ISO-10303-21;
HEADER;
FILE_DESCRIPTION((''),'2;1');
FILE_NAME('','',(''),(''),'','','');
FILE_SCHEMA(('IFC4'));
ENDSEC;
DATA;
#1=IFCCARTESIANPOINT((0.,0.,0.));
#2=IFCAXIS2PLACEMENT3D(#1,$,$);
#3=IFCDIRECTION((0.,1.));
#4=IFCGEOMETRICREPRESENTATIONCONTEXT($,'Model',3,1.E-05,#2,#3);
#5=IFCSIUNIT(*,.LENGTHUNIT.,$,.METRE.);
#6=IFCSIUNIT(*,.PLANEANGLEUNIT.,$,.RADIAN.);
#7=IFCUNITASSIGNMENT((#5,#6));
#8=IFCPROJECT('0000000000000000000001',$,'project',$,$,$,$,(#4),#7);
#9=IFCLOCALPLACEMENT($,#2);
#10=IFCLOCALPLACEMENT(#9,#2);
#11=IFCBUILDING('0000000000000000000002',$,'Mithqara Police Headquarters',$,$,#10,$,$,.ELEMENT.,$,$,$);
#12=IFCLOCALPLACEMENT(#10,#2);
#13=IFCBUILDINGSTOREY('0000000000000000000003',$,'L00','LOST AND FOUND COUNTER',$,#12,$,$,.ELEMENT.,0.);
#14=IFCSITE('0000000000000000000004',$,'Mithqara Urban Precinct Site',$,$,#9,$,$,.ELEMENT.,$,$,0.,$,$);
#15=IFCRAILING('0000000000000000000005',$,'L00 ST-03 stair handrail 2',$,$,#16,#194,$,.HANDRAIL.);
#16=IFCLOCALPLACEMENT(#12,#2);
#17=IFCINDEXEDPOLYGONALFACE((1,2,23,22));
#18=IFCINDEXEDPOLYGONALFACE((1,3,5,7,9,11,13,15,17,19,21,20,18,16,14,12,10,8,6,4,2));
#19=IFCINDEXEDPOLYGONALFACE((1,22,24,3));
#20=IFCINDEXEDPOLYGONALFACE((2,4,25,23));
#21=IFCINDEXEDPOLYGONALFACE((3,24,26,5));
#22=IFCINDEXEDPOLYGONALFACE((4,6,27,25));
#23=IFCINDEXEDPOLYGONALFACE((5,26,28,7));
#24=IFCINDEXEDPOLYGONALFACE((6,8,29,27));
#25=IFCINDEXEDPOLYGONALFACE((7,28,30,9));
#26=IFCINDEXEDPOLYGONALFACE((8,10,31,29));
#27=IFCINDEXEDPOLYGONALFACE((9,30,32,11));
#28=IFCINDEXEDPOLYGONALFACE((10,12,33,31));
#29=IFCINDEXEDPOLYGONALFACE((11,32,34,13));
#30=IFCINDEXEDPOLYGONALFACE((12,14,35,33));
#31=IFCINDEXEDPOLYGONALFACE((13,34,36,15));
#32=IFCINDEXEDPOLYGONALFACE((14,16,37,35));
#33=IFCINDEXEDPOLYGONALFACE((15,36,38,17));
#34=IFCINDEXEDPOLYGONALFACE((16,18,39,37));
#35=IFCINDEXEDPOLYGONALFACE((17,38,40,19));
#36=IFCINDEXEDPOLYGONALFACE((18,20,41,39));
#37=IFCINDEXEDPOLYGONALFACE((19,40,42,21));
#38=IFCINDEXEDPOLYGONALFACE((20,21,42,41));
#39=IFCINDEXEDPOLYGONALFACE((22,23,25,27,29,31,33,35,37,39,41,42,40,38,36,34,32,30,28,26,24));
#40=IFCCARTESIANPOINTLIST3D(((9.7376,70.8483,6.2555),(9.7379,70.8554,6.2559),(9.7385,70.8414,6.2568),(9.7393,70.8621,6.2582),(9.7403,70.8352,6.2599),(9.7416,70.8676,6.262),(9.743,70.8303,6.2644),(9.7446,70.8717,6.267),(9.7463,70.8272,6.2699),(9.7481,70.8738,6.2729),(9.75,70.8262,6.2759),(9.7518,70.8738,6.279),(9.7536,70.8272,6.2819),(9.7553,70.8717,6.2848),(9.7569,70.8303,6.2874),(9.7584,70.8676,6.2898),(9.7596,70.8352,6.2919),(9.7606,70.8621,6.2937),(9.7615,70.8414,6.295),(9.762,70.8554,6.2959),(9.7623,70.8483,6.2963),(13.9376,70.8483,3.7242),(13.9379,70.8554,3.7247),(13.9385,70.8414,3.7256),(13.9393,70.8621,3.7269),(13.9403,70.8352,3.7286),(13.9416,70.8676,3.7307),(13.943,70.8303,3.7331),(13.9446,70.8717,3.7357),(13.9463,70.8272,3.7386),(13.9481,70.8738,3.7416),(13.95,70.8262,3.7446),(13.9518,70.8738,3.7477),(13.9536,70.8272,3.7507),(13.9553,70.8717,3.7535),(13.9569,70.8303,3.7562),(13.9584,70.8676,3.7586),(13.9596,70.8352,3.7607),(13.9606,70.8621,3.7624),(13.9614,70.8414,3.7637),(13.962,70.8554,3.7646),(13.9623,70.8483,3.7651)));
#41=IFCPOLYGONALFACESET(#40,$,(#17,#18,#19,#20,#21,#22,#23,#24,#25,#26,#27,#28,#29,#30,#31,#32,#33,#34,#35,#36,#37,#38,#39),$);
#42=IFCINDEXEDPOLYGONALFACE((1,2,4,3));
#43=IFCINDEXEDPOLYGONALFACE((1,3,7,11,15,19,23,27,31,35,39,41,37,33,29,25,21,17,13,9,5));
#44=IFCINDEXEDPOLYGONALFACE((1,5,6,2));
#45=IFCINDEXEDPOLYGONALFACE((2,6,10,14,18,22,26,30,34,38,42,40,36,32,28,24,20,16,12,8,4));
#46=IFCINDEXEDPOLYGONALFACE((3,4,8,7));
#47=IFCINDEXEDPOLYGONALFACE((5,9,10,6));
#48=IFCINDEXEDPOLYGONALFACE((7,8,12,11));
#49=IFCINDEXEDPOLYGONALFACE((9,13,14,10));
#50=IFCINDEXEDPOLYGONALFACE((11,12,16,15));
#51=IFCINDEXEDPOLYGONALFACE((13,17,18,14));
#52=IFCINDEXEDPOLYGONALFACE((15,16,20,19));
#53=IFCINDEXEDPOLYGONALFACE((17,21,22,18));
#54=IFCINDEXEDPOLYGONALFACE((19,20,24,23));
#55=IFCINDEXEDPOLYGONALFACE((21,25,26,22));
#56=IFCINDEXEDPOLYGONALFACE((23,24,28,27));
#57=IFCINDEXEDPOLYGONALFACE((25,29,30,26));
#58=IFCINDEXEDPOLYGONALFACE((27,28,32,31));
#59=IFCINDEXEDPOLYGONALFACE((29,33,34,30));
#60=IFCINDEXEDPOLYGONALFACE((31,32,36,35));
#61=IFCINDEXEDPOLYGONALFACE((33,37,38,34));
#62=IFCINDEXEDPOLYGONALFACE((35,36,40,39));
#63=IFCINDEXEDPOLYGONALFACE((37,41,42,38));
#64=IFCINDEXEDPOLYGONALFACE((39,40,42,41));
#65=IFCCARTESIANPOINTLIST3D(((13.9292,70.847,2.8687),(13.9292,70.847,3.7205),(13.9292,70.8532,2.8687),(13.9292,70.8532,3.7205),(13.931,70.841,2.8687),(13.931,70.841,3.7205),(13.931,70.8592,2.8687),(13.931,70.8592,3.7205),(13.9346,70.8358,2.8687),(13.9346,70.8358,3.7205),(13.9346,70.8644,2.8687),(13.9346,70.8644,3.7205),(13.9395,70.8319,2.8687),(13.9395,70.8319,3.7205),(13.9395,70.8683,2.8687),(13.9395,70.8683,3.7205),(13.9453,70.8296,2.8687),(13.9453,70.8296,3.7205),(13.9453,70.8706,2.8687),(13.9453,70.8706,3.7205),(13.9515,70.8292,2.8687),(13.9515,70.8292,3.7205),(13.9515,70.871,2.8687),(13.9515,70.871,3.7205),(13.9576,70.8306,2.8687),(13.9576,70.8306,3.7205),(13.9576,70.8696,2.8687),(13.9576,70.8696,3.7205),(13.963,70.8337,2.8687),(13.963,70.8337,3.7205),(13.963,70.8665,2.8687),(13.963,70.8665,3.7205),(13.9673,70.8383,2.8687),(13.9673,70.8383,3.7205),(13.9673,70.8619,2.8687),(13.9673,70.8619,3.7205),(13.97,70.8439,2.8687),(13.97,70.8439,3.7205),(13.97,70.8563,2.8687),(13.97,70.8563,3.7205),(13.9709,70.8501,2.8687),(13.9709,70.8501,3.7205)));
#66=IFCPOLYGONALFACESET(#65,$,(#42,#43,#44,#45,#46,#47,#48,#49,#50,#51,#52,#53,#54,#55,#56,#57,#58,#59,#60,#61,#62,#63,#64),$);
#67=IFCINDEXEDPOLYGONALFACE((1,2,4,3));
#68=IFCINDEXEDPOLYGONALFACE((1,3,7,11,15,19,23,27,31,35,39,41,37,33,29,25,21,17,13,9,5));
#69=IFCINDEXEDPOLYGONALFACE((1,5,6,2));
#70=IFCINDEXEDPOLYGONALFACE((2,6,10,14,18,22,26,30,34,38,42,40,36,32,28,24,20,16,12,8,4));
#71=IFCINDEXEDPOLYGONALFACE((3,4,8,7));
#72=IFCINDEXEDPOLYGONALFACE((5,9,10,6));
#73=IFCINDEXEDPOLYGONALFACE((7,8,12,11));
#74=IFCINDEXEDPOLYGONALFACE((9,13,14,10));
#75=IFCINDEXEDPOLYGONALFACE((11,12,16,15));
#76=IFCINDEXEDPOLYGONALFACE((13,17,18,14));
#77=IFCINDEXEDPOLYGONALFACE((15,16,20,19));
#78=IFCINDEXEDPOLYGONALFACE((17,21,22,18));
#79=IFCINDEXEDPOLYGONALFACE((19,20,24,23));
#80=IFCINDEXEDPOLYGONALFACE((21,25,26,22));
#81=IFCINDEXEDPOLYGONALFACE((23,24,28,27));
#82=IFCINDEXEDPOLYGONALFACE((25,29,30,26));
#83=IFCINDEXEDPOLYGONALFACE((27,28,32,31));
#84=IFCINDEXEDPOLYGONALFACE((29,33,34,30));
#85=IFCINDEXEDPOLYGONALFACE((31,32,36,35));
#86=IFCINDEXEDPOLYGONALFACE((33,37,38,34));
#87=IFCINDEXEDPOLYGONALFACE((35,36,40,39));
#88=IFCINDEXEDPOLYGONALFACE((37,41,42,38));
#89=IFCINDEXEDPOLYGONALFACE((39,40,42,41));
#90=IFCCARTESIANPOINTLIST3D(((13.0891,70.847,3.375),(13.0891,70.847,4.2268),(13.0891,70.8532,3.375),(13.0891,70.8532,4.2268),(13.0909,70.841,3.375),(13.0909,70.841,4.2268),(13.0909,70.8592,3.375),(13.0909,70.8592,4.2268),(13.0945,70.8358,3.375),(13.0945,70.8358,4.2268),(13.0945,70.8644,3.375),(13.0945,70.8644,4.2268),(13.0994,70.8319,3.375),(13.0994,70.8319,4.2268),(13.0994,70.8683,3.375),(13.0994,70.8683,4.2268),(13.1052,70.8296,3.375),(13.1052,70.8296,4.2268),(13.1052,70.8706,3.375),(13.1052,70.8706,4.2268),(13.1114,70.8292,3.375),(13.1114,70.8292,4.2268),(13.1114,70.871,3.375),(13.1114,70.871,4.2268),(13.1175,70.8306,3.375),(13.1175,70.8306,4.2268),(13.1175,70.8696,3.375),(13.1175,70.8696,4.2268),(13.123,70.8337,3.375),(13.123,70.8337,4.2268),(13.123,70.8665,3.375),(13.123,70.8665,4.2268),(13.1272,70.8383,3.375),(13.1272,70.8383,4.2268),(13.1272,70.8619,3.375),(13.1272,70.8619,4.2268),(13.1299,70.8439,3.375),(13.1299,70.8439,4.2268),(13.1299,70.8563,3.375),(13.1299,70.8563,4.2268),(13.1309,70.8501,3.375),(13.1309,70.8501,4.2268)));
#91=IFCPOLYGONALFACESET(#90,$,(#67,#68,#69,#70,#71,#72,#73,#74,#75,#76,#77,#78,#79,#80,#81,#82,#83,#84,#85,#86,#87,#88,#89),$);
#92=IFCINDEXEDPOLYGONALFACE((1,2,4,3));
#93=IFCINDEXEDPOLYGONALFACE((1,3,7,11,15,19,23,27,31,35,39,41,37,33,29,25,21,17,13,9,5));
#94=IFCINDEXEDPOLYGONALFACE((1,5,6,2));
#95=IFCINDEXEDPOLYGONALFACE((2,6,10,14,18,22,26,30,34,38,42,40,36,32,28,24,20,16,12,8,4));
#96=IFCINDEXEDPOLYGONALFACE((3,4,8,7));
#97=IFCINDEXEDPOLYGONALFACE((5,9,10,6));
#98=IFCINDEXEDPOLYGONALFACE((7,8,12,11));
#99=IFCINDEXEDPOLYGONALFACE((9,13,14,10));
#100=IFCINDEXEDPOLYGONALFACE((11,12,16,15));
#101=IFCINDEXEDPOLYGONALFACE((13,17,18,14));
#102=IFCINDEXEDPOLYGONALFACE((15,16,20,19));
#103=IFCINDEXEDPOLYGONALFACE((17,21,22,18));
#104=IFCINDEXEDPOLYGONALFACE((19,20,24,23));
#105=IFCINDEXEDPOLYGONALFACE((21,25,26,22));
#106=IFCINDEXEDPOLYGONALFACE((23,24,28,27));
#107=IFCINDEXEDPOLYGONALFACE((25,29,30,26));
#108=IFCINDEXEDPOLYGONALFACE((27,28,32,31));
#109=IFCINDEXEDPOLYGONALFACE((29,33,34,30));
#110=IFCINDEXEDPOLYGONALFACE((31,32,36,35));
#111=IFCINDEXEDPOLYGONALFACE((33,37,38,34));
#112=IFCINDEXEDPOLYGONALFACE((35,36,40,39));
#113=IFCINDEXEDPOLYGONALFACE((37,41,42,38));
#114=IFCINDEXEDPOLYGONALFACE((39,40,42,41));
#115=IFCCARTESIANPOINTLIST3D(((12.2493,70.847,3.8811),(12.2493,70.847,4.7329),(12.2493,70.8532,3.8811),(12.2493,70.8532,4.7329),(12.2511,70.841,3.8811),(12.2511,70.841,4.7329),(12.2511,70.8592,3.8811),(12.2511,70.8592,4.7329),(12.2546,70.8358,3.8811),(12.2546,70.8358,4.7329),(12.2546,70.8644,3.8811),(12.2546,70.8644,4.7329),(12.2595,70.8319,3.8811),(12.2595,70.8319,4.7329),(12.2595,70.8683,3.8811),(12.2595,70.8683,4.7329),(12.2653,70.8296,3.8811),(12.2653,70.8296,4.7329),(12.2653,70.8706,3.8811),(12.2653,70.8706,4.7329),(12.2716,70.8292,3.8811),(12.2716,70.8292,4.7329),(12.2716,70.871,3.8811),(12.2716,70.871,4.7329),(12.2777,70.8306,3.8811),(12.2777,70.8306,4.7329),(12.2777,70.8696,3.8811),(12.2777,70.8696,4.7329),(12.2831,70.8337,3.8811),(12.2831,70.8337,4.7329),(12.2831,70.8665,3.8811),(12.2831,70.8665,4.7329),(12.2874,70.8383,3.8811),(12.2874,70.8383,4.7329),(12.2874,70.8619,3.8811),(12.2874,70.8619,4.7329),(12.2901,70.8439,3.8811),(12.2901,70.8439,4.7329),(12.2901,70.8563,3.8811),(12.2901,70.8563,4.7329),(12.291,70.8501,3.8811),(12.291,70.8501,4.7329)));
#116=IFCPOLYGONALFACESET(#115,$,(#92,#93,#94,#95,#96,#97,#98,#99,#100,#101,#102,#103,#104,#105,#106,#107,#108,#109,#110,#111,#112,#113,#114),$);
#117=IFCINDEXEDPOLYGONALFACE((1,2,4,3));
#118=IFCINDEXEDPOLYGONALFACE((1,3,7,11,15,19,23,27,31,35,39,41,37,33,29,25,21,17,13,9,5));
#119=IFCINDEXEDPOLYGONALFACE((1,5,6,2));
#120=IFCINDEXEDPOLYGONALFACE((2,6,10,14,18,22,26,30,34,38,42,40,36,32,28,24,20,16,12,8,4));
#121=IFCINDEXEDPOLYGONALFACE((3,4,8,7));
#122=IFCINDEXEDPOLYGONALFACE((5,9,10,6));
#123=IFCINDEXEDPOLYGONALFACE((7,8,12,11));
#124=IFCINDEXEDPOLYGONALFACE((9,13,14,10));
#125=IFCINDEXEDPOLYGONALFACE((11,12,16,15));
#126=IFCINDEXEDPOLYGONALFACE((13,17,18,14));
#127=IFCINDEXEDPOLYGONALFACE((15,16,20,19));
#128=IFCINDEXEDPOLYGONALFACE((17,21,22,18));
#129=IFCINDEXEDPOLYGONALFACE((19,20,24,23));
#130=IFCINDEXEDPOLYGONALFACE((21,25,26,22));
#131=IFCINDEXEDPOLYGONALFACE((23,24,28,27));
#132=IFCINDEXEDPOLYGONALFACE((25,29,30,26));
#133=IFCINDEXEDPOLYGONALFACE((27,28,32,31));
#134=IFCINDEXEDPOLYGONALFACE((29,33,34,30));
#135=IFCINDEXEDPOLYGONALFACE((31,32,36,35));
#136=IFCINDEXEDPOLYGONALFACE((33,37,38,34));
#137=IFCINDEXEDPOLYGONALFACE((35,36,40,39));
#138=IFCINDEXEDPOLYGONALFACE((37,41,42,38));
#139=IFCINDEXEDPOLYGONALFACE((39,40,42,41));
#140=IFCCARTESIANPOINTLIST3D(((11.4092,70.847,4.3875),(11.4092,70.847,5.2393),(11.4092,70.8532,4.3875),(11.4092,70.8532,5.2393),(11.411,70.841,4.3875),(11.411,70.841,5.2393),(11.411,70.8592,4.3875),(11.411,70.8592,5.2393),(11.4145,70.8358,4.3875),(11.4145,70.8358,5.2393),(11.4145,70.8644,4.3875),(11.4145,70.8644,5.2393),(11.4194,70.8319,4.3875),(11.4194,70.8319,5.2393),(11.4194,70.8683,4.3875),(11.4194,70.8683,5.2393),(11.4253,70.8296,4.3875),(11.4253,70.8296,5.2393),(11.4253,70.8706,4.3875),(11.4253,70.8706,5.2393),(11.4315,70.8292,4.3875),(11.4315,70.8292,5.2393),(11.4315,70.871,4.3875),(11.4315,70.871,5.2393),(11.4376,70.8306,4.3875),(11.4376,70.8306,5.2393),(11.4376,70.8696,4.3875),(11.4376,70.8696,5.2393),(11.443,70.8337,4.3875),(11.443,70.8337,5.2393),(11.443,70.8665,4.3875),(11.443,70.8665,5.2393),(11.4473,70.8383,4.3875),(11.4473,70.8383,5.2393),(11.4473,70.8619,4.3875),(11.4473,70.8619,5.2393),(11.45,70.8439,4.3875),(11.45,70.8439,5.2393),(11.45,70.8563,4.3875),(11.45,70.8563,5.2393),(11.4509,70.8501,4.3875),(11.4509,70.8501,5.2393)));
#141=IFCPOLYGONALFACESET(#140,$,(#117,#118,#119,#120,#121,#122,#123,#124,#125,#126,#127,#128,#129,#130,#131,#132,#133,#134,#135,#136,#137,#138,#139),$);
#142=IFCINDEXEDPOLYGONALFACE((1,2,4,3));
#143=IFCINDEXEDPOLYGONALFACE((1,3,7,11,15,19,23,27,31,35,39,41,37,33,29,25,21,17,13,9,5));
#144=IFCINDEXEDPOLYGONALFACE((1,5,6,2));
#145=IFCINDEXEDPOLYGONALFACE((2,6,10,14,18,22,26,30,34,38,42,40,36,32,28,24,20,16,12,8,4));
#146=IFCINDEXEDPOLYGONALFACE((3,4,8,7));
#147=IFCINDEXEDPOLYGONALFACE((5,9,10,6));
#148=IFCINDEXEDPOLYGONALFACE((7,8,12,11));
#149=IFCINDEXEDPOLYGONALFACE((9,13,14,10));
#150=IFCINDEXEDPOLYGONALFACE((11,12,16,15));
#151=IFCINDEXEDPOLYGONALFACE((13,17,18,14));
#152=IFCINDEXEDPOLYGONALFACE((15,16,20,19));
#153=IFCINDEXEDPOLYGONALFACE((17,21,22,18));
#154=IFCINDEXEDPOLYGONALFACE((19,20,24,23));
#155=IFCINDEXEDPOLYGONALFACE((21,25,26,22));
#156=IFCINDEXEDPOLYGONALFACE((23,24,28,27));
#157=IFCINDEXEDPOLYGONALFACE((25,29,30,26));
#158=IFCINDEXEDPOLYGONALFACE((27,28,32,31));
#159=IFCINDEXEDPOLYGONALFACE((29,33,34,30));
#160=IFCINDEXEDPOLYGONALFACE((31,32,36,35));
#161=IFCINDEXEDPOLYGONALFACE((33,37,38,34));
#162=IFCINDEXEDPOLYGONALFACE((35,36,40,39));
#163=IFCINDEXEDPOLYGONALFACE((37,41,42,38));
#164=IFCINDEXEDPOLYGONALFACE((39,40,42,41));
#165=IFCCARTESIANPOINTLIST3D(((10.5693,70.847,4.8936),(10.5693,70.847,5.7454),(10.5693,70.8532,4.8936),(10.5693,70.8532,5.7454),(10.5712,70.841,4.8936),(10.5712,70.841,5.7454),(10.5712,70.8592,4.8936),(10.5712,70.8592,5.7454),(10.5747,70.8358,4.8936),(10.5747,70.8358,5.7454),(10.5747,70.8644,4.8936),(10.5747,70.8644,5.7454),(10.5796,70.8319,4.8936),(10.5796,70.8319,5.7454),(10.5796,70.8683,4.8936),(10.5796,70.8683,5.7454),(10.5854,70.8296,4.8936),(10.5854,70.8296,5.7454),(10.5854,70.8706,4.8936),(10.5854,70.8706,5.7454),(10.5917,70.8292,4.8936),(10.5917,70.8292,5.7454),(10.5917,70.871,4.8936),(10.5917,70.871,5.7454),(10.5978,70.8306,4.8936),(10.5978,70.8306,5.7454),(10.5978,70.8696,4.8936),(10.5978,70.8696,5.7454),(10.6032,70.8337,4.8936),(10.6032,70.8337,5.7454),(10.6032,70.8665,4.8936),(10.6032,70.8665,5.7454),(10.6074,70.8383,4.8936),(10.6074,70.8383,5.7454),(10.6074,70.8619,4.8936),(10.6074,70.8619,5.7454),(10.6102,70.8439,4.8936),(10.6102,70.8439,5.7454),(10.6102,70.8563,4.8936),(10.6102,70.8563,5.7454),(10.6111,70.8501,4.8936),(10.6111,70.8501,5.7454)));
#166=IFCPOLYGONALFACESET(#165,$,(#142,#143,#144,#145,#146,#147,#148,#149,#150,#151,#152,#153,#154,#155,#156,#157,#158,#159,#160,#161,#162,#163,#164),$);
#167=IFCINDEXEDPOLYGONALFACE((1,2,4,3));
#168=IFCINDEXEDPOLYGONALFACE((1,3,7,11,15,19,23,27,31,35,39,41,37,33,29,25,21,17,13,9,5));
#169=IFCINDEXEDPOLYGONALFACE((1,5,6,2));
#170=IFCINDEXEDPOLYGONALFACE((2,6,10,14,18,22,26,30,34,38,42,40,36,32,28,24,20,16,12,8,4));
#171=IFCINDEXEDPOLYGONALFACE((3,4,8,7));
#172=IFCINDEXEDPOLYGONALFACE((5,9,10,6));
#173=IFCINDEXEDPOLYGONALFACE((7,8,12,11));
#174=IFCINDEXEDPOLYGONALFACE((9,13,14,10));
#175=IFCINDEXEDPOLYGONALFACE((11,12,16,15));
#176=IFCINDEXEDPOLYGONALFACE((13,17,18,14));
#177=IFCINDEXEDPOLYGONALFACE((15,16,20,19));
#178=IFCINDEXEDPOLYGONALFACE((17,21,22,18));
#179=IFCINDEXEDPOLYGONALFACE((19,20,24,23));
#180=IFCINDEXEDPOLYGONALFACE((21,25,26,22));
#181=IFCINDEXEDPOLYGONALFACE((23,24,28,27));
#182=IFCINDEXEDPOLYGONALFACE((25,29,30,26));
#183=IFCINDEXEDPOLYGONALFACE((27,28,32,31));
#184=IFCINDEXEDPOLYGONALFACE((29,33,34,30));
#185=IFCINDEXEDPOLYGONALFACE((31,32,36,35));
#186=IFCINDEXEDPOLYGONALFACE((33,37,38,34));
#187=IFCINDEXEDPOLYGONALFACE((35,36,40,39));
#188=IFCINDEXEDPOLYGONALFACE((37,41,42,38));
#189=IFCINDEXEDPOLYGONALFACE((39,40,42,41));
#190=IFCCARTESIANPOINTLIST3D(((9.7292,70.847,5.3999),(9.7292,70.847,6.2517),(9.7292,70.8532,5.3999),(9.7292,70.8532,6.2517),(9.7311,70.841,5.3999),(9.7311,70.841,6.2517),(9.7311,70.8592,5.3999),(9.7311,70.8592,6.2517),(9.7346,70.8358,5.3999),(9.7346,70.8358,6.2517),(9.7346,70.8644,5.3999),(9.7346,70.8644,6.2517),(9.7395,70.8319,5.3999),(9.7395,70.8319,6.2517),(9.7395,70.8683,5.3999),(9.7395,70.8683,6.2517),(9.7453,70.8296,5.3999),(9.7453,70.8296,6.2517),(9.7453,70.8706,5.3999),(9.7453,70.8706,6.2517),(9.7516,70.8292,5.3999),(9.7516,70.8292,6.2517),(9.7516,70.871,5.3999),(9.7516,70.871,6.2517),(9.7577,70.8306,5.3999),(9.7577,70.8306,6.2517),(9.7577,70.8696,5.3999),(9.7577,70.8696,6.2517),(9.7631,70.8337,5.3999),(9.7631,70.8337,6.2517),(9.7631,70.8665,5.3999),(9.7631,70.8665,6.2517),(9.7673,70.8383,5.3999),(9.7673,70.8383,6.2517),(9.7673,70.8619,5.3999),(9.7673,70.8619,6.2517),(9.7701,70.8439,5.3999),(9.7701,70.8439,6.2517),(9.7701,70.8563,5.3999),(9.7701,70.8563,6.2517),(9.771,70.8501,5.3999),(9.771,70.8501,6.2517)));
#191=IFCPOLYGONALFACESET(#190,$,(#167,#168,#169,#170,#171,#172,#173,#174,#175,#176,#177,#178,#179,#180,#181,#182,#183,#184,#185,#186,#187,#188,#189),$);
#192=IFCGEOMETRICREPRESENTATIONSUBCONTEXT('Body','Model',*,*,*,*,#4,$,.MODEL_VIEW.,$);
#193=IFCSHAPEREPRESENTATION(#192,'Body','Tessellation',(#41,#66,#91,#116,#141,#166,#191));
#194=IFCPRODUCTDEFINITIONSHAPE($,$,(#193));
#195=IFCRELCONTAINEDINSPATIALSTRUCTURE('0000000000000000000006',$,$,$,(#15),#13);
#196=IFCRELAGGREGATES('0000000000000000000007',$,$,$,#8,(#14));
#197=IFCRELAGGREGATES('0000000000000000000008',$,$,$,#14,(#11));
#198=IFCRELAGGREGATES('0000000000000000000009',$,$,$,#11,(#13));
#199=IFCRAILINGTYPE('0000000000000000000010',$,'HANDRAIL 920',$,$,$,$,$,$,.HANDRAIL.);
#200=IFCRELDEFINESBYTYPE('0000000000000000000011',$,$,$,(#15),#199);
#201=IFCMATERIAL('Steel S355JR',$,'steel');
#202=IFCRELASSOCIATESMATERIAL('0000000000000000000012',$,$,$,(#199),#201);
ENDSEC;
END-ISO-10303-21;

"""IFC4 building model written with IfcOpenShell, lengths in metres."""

from ifc_helpers import new_model, si_unit, direction, frame, origin, origin_2d, place, context, subcontext, project, spatial, circle, extrude, material, type_object, element, save


model = new_model("IFC4")

# Units and contexts
model_context = context("Model", 3, precision=1e-05, world=origin(), true_north=direction((0.0, 1.0)))
body_context = subcontext(model_context, "Body", "Model", "MODEL_VIEW")
ifc_project = project(units=[si_unit("LENGTHUNIT", "METRE"), si_unit("PLANEANGLEUNIT", "RADIAN")], contexts=[model_context])

# Site, building, storey
site_placement = place(None, origin())
site = spatial("IfcSite", under=ifc_project, at=site_placement, Name="Mithqara Urban Precinct Site", CompositionType="ELEMENT", RefElevation=0.0)
building_placement = place(site_placement, origin())
building = spatial("IfcBuilding", under=site, at=building_placement, Name="Mithqara Police Headquarters", CompositionType="ELEMENT")
storey_placement = place(building_placement, origin())
storey = spatial("IfcBuildingStorey", under=building, at=storey_placement, Name="L00", Description="LOST AND FOUND COUNTER", CompositionType="ELEMENT", Elevation=0.0)

# Shared definitions
ifc_material_1 = material(Name="Steel S355JR", Category="steel")

# Railing
railing_type_1 = type_object("IfcRailingType", Name="HANDRAIL 920", PredefinedType="HANDRAIL", material=ifc_material_1)
railing_1_placement = place(storey_placement, frame((13.95, 70.8501, 2.8687)))
element("IfcRailing", 1, at=railing_1_placement, inside=storey, type_object=railing_type_1, Name="L00 ST-03 stair handrail 2", PredefinedType="HANDRAIL", context=body_context, shape_type="SweptSolid", body=[
    extrude(circle(Radius=0.0239, at=origin_2d()), frame((0.0, 0.0, 0.876), z_axis=(-0.856476, 0.0, 0.516186), x_axis=(0.0, -1.0, 0.0)), (0.0, 0.0, 1.0), 4.9038),
    extrude(circle(Radius=0.021, at=origin_2d()), origin(), (0.0, 0.0, 1.0), 0.8518),
    extrude(circle(Radius=0.021, at=origin_2d()), frame((-0.8401, 0.0, 0.5063)), (0.0, 0.0, 1.0), 0.8518),
    extrude(circle(Radius=0.021, at=origin_2d()), frame((-1.6799, 0.0, 1.0125)), (0.0, 0.0, 1.0), 0.8518),
    extrude(circle(Radius=0.021, at=origin_2d()), frame((-2.52, 0.0, 1.5188)), (0.0, 0.0, 1.0), 0.8518),
    extrude(circle(Radius=0.021, at=origin_2d()), frame((-3.3599, 0.0, 2.0249)), (0.0, 0.0, 1.0), 0.8518),
    extrude(circle(Radius=0.021, at=origin_2d()), frame((-4.2, 0.0, 2.5312)), (0.0, 0.0, 1.0), 0.8518),
])

save(model, "model.ifc")
